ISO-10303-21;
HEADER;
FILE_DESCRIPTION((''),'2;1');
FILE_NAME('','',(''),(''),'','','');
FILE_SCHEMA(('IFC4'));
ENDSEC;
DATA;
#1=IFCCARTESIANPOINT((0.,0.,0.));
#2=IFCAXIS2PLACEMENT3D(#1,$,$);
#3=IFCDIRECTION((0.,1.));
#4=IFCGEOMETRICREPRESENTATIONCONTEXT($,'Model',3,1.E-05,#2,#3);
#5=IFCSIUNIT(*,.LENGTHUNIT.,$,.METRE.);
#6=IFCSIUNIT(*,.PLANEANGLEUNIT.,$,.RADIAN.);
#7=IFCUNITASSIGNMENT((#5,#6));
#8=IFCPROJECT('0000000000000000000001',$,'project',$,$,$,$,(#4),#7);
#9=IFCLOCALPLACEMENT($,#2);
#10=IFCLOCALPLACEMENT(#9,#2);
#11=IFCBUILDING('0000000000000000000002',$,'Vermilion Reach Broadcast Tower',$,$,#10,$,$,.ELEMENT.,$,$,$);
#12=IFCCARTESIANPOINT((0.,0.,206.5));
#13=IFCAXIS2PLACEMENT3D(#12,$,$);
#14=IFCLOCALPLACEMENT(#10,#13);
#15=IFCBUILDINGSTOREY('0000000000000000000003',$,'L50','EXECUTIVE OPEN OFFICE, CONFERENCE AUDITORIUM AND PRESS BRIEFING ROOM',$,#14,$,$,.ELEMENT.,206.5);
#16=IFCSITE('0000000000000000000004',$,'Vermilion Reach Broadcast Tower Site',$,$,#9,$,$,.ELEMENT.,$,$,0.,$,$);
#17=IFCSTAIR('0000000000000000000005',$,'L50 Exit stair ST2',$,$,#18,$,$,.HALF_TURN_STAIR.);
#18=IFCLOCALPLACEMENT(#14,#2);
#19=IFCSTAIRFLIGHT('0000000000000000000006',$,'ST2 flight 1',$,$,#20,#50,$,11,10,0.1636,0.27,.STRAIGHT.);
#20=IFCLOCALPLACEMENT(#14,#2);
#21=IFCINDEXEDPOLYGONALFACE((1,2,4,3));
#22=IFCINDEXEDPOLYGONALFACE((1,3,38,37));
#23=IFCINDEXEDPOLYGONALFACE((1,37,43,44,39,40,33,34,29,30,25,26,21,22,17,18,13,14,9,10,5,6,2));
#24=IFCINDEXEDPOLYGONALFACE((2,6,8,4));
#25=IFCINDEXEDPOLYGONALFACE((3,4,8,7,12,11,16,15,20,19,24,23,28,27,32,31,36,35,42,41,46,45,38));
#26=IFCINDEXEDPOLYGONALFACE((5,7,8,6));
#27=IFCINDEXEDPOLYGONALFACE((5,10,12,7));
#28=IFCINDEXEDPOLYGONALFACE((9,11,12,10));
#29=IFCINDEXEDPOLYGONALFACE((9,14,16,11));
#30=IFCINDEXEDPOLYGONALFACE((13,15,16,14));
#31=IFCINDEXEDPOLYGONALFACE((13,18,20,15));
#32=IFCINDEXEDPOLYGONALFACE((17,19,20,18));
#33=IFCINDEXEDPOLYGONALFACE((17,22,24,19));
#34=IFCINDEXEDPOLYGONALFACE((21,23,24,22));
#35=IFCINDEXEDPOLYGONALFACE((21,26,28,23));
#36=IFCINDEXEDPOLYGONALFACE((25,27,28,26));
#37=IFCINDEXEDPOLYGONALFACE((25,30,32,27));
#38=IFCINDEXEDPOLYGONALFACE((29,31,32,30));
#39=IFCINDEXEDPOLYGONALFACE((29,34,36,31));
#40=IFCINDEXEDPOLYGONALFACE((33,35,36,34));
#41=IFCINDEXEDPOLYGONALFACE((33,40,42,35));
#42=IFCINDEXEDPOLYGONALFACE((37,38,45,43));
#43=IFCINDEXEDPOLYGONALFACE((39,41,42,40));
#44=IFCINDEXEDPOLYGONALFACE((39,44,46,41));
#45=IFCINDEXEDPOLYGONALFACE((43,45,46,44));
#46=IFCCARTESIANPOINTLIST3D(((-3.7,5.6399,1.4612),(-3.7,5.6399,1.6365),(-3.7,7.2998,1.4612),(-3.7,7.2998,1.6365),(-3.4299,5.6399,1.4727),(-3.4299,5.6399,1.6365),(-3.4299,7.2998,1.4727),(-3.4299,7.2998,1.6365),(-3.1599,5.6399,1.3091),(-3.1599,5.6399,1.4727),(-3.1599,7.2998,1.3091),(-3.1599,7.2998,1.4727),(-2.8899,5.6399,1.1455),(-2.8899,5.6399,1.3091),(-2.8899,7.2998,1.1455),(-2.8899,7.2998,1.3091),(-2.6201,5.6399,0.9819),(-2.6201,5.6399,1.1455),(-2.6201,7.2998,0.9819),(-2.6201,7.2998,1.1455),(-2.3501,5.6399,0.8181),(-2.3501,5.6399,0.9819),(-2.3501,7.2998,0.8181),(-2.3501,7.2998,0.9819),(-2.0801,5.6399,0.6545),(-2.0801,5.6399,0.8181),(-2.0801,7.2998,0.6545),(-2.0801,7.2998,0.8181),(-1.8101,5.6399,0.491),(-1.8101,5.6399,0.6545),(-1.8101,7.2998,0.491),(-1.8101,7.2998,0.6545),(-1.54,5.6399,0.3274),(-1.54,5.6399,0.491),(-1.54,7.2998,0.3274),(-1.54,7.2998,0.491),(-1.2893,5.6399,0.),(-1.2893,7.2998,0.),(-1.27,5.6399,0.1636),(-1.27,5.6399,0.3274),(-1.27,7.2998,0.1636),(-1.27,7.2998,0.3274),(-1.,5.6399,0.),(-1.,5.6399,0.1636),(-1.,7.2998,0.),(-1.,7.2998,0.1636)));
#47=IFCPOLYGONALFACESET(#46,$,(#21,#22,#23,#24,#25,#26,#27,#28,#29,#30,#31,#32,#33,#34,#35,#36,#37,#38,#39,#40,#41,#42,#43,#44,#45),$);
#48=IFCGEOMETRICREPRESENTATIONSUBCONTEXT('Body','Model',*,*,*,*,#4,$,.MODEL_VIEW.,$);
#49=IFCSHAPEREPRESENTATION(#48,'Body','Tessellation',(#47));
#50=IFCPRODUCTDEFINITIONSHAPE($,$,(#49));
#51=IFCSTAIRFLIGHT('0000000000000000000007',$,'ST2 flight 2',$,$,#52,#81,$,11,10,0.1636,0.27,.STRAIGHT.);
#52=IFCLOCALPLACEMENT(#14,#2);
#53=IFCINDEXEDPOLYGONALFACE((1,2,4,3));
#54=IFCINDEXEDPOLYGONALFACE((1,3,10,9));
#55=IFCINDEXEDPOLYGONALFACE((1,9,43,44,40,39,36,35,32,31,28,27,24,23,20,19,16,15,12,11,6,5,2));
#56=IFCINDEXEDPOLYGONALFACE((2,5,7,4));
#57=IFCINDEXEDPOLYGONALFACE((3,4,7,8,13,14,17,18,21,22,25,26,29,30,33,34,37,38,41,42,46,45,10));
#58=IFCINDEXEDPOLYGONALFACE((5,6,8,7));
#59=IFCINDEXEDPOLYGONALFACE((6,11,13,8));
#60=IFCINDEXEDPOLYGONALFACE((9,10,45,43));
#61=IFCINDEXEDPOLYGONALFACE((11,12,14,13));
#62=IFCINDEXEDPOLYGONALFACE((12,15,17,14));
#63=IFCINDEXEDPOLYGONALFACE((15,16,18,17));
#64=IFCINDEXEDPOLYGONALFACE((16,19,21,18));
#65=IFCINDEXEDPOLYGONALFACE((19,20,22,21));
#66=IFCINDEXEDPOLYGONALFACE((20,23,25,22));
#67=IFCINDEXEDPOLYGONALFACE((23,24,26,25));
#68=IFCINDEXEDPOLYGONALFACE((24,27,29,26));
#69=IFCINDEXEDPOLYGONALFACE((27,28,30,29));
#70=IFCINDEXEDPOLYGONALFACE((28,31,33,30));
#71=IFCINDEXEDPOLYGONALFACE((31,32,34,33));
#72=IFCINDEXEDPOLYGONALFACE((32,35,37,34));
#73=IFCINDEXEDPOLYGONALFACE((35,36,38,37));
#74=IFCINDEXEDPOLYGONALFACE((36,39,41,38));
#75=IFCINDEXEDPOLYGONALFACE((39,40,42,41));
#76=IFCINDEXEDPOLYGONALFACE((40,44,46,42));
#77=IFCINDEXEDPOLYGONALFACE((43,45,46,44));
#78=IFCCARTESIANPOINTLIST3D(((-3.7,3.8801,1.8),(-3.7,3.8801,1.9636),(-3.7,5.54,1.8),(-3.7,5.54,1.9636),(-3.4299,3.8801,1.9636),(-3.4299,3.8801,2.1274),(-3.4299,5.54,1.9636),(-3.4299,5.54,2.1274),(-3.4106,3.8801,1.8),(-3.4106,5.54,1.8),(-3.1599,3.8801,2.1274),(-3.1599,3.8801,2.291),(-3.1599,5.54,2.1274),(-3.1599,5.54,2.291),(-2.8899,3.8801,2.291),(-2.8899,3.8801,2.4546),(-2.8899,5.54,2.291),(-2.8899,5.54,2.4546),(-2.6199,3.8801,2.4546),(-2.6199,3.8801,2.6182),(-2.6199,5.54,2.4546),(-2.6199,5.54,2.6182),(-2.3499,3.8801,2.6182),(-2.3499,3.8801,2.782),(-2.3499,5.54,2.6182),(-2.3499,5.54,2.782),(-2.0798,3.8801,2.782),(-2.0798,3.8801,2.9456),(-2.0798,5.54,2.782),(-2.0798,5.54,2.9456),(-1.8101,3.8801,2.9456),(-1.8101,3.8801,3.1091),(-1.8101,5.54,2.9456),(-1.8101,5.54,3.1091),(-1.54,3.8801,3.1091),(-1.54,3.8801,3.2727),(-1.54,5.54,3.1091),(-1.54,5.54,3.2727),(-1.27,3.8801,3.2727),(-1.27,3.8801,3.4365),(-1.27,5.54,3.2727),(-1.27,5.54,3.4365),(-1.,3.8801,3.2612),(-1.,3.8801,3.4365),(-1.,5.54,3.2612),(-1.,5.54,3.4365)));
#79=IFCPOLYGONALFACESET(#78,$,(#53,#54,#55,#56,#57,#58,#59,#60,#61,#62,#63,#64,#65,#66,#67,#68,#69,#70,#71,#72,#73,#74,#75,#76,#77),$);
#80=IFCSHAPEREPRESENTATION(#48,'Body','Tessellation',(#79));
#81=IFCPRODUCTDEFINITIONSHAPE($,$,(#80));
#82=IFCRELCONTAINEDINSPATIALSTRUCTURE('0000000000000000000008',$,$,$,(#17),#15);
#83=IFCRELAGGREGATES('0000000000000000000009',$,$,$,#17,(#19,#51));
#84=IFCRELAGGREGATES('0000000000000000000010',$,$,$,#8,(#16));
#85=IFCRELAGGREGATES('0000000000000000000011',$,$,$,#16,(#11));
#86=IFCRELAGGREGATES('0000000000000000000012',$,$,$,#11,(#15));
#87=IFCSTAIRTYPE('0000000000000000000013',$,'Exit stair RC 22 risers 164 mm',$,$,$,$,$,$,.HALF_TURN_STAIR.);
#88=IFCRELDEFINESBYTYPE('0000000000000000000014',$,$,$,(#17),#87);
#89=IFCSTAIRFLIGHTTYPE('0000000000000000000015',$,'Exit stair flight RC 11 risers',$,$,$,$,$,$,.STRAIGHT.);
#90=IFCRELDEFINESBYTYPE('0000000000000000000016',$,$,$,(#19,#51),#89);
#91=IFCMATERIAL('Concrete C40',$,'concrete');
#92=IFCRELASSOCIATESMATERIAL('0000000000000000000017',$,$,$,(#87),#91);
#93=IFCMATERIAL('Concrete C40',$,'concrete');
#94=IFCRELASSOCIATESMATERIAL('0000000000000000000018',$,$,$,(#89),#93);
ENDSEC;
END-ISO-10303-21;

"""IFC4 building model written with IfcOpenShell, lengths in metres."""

from ifc_helpers import new_model, si_unit, direction, frame, origin, place, context, subcontext, project, spatial, polyline, outline, extrude, material, type_object, element, aggregate, save


model = new_model("IFC4")

# Units and contexts
model_context = context("Model", 3, precision=1e-05, world=origin(), true_north=direction((0.0, 1.0)))
body_context = subcontext(model_context, "Body", "Model", "MODEL_VIEW")
ifc_project = project(units=[si_unit("LENGTHUNIT", "METRE"), si_unit("PLANEANGLEUNIT", "RADIAN")], contexts=[model_context])

# Site, building, storey
site_placement = place(None, origin())
site = spatial("IfcSite", under=ifc_project, at=site_placement, Name="Vermilion Reach Broadcast Tower Site", CompositionType="ELEMENT", RefElevation=0.0)
building_placement = place(site_placement, origin())
building = spatial("IfcBuilding", under=site, at=building_placement, Name="Vermilion Reach Broadcast Tower", CompositionType="ELEMENT")
storey_placement = place(building_placement, frame((0.0, 0.0, 206.5)))
storey = spatial("IfcBuildingStorey", under=building, at=storey_placement, Name="L50", Description="EXECUTIVE OPEN OFFICE, CONFERENCE AUDITORIUM AND PRESS BRIEFING ROOM", CompositionType="ELEMENT", Elevation=206.5)

# Stair, stair flights
ifc_material_1 = material(Name="Concrete C40", Category="concrete")
stair_type = type_object("IfcStairType", Name="Exit stair RC 22 risers 164 mm", PredefinedType="HALF_TURN_STAIR", material=ifc_material_1)
stair_placement = place(storey_placement, origin())
stair = element("IfcStair", 1, at=stair_placement, inside=storey, type_object=stair_type, Name="L50 Exit stair ST2", PredefinedType="HALF_TURN_STAIR")
ifc_material_2 = material(Name="Concrete C40", Category="concrete")
stair_flight_type = type_object("IfcStairFlightType", Name="Exit stair flight RC 11 risers", PredefinedType="STRAIGHT", material=ifc_material_2)
stair_flight_1_placement = place(storey_placement, frame((-1.0, 6.47, 0.0), z_axis=(0.0, 0.0, 1.0), x_axis=(-1.0, 0.0, 0.0)))
stair_flight_1 = element("IfcStairFlight", 2, at=stair_flight_1_placement, type_object=stair_flight_type, Name="ST2 flight 1", NumberOfRisers=11, NumberOfTreads=10, PredefinedType="STRAIGHT", RiserHeight=0.1636, TreadLength=0.27, context=body_context, shape_type="SweptSolid", body=[
    extrude(outline(polyline([(0.0, 0.0), (0.0, 0.1636), (0.27, 0.1636), (0.27, 0.3274), (0.54, 0.3274), (0.54, 0.491), (0.8101, 0.491), (0.8101, 0.6545), (1.0801, 0.6545), (1.0801, 0.8181), (1.3501, 0.8181), (1.3501, 0.9819), (1.6201, 0.9819), (1.6201, 1.1455), (1.8899, 1.1455), (1.8899, 1.3091), (2.1599, 1.3091), (2.1599, 1.4727), (2.4299, 1.4727), (2.4299, 1.6365), (2.7, 1.6365), (2.7, 1.8), (2.7, 1.4612), (0.2893, 0.0), (0.0, 0.0)])), frame((0.0, 0.8301, 0.0), z_axis=(0.0, -1.0, 0.0), x_axis=(1.0, 0.0, 0.0)), (0.0, 0.0, 1.0), 1.6599),
])
stair_flight_2_placement = place(storey_placement, frame((-3.7, 4.71, 1.8), z_axis=(0.0, 0.0, 1.0), x_axis=(1.0, 0.0, 0.0)))
stair_flight_2 = element("IfcStairFlight", 3, at=stair_flight_2_placement, type_object=stair_flight_type, Name="ST2 flight 2", NumberOfRisers=11, NumberOfTreads=10, PredefinedType="STRAIGHT", RiserHeight=0.1636, TreadLength=0.27, context=body_context, shape_type="SweptSolid", body=[
    extrude(outline(polyline([(0.0, 0.0), (0.0, 0.1636), (0.27, 0.1636), (0.27, 0.3274), (0.54, 0.3274), (0.54, 0.491), (0.8101, 0.491), (0.8101, 0.6545), (1.0801, 0.6545), (1.0801, 0.8181), (1.3501, 0.8181), (1.3501, 0.9819), (1.6201, 0.9819), (1.6201, 1.1455), (1.8899, 1.1455), (1.8899, 1.3091), (2.1599, 1.3091), (2.1599, 1.4727), (2.4299, 1.4727), (2.4299, 1.6365), (2.7, 1.6365), (2.7, 1.8), (2.7, 1.4612), (0.2893, 0.0), (0.0, 0.0)])), frame((0.0, 0.8301, 0.0), z_axis=(0.0, -1.0, 0.0), x_axis=(1.0, 0.0, 0.0)), (0.0, 0.0, 1.0), 1.6599),
])
aggregate(stair, [stair_flight_1, stair_flight_2])

save(model, "model.ifc")
